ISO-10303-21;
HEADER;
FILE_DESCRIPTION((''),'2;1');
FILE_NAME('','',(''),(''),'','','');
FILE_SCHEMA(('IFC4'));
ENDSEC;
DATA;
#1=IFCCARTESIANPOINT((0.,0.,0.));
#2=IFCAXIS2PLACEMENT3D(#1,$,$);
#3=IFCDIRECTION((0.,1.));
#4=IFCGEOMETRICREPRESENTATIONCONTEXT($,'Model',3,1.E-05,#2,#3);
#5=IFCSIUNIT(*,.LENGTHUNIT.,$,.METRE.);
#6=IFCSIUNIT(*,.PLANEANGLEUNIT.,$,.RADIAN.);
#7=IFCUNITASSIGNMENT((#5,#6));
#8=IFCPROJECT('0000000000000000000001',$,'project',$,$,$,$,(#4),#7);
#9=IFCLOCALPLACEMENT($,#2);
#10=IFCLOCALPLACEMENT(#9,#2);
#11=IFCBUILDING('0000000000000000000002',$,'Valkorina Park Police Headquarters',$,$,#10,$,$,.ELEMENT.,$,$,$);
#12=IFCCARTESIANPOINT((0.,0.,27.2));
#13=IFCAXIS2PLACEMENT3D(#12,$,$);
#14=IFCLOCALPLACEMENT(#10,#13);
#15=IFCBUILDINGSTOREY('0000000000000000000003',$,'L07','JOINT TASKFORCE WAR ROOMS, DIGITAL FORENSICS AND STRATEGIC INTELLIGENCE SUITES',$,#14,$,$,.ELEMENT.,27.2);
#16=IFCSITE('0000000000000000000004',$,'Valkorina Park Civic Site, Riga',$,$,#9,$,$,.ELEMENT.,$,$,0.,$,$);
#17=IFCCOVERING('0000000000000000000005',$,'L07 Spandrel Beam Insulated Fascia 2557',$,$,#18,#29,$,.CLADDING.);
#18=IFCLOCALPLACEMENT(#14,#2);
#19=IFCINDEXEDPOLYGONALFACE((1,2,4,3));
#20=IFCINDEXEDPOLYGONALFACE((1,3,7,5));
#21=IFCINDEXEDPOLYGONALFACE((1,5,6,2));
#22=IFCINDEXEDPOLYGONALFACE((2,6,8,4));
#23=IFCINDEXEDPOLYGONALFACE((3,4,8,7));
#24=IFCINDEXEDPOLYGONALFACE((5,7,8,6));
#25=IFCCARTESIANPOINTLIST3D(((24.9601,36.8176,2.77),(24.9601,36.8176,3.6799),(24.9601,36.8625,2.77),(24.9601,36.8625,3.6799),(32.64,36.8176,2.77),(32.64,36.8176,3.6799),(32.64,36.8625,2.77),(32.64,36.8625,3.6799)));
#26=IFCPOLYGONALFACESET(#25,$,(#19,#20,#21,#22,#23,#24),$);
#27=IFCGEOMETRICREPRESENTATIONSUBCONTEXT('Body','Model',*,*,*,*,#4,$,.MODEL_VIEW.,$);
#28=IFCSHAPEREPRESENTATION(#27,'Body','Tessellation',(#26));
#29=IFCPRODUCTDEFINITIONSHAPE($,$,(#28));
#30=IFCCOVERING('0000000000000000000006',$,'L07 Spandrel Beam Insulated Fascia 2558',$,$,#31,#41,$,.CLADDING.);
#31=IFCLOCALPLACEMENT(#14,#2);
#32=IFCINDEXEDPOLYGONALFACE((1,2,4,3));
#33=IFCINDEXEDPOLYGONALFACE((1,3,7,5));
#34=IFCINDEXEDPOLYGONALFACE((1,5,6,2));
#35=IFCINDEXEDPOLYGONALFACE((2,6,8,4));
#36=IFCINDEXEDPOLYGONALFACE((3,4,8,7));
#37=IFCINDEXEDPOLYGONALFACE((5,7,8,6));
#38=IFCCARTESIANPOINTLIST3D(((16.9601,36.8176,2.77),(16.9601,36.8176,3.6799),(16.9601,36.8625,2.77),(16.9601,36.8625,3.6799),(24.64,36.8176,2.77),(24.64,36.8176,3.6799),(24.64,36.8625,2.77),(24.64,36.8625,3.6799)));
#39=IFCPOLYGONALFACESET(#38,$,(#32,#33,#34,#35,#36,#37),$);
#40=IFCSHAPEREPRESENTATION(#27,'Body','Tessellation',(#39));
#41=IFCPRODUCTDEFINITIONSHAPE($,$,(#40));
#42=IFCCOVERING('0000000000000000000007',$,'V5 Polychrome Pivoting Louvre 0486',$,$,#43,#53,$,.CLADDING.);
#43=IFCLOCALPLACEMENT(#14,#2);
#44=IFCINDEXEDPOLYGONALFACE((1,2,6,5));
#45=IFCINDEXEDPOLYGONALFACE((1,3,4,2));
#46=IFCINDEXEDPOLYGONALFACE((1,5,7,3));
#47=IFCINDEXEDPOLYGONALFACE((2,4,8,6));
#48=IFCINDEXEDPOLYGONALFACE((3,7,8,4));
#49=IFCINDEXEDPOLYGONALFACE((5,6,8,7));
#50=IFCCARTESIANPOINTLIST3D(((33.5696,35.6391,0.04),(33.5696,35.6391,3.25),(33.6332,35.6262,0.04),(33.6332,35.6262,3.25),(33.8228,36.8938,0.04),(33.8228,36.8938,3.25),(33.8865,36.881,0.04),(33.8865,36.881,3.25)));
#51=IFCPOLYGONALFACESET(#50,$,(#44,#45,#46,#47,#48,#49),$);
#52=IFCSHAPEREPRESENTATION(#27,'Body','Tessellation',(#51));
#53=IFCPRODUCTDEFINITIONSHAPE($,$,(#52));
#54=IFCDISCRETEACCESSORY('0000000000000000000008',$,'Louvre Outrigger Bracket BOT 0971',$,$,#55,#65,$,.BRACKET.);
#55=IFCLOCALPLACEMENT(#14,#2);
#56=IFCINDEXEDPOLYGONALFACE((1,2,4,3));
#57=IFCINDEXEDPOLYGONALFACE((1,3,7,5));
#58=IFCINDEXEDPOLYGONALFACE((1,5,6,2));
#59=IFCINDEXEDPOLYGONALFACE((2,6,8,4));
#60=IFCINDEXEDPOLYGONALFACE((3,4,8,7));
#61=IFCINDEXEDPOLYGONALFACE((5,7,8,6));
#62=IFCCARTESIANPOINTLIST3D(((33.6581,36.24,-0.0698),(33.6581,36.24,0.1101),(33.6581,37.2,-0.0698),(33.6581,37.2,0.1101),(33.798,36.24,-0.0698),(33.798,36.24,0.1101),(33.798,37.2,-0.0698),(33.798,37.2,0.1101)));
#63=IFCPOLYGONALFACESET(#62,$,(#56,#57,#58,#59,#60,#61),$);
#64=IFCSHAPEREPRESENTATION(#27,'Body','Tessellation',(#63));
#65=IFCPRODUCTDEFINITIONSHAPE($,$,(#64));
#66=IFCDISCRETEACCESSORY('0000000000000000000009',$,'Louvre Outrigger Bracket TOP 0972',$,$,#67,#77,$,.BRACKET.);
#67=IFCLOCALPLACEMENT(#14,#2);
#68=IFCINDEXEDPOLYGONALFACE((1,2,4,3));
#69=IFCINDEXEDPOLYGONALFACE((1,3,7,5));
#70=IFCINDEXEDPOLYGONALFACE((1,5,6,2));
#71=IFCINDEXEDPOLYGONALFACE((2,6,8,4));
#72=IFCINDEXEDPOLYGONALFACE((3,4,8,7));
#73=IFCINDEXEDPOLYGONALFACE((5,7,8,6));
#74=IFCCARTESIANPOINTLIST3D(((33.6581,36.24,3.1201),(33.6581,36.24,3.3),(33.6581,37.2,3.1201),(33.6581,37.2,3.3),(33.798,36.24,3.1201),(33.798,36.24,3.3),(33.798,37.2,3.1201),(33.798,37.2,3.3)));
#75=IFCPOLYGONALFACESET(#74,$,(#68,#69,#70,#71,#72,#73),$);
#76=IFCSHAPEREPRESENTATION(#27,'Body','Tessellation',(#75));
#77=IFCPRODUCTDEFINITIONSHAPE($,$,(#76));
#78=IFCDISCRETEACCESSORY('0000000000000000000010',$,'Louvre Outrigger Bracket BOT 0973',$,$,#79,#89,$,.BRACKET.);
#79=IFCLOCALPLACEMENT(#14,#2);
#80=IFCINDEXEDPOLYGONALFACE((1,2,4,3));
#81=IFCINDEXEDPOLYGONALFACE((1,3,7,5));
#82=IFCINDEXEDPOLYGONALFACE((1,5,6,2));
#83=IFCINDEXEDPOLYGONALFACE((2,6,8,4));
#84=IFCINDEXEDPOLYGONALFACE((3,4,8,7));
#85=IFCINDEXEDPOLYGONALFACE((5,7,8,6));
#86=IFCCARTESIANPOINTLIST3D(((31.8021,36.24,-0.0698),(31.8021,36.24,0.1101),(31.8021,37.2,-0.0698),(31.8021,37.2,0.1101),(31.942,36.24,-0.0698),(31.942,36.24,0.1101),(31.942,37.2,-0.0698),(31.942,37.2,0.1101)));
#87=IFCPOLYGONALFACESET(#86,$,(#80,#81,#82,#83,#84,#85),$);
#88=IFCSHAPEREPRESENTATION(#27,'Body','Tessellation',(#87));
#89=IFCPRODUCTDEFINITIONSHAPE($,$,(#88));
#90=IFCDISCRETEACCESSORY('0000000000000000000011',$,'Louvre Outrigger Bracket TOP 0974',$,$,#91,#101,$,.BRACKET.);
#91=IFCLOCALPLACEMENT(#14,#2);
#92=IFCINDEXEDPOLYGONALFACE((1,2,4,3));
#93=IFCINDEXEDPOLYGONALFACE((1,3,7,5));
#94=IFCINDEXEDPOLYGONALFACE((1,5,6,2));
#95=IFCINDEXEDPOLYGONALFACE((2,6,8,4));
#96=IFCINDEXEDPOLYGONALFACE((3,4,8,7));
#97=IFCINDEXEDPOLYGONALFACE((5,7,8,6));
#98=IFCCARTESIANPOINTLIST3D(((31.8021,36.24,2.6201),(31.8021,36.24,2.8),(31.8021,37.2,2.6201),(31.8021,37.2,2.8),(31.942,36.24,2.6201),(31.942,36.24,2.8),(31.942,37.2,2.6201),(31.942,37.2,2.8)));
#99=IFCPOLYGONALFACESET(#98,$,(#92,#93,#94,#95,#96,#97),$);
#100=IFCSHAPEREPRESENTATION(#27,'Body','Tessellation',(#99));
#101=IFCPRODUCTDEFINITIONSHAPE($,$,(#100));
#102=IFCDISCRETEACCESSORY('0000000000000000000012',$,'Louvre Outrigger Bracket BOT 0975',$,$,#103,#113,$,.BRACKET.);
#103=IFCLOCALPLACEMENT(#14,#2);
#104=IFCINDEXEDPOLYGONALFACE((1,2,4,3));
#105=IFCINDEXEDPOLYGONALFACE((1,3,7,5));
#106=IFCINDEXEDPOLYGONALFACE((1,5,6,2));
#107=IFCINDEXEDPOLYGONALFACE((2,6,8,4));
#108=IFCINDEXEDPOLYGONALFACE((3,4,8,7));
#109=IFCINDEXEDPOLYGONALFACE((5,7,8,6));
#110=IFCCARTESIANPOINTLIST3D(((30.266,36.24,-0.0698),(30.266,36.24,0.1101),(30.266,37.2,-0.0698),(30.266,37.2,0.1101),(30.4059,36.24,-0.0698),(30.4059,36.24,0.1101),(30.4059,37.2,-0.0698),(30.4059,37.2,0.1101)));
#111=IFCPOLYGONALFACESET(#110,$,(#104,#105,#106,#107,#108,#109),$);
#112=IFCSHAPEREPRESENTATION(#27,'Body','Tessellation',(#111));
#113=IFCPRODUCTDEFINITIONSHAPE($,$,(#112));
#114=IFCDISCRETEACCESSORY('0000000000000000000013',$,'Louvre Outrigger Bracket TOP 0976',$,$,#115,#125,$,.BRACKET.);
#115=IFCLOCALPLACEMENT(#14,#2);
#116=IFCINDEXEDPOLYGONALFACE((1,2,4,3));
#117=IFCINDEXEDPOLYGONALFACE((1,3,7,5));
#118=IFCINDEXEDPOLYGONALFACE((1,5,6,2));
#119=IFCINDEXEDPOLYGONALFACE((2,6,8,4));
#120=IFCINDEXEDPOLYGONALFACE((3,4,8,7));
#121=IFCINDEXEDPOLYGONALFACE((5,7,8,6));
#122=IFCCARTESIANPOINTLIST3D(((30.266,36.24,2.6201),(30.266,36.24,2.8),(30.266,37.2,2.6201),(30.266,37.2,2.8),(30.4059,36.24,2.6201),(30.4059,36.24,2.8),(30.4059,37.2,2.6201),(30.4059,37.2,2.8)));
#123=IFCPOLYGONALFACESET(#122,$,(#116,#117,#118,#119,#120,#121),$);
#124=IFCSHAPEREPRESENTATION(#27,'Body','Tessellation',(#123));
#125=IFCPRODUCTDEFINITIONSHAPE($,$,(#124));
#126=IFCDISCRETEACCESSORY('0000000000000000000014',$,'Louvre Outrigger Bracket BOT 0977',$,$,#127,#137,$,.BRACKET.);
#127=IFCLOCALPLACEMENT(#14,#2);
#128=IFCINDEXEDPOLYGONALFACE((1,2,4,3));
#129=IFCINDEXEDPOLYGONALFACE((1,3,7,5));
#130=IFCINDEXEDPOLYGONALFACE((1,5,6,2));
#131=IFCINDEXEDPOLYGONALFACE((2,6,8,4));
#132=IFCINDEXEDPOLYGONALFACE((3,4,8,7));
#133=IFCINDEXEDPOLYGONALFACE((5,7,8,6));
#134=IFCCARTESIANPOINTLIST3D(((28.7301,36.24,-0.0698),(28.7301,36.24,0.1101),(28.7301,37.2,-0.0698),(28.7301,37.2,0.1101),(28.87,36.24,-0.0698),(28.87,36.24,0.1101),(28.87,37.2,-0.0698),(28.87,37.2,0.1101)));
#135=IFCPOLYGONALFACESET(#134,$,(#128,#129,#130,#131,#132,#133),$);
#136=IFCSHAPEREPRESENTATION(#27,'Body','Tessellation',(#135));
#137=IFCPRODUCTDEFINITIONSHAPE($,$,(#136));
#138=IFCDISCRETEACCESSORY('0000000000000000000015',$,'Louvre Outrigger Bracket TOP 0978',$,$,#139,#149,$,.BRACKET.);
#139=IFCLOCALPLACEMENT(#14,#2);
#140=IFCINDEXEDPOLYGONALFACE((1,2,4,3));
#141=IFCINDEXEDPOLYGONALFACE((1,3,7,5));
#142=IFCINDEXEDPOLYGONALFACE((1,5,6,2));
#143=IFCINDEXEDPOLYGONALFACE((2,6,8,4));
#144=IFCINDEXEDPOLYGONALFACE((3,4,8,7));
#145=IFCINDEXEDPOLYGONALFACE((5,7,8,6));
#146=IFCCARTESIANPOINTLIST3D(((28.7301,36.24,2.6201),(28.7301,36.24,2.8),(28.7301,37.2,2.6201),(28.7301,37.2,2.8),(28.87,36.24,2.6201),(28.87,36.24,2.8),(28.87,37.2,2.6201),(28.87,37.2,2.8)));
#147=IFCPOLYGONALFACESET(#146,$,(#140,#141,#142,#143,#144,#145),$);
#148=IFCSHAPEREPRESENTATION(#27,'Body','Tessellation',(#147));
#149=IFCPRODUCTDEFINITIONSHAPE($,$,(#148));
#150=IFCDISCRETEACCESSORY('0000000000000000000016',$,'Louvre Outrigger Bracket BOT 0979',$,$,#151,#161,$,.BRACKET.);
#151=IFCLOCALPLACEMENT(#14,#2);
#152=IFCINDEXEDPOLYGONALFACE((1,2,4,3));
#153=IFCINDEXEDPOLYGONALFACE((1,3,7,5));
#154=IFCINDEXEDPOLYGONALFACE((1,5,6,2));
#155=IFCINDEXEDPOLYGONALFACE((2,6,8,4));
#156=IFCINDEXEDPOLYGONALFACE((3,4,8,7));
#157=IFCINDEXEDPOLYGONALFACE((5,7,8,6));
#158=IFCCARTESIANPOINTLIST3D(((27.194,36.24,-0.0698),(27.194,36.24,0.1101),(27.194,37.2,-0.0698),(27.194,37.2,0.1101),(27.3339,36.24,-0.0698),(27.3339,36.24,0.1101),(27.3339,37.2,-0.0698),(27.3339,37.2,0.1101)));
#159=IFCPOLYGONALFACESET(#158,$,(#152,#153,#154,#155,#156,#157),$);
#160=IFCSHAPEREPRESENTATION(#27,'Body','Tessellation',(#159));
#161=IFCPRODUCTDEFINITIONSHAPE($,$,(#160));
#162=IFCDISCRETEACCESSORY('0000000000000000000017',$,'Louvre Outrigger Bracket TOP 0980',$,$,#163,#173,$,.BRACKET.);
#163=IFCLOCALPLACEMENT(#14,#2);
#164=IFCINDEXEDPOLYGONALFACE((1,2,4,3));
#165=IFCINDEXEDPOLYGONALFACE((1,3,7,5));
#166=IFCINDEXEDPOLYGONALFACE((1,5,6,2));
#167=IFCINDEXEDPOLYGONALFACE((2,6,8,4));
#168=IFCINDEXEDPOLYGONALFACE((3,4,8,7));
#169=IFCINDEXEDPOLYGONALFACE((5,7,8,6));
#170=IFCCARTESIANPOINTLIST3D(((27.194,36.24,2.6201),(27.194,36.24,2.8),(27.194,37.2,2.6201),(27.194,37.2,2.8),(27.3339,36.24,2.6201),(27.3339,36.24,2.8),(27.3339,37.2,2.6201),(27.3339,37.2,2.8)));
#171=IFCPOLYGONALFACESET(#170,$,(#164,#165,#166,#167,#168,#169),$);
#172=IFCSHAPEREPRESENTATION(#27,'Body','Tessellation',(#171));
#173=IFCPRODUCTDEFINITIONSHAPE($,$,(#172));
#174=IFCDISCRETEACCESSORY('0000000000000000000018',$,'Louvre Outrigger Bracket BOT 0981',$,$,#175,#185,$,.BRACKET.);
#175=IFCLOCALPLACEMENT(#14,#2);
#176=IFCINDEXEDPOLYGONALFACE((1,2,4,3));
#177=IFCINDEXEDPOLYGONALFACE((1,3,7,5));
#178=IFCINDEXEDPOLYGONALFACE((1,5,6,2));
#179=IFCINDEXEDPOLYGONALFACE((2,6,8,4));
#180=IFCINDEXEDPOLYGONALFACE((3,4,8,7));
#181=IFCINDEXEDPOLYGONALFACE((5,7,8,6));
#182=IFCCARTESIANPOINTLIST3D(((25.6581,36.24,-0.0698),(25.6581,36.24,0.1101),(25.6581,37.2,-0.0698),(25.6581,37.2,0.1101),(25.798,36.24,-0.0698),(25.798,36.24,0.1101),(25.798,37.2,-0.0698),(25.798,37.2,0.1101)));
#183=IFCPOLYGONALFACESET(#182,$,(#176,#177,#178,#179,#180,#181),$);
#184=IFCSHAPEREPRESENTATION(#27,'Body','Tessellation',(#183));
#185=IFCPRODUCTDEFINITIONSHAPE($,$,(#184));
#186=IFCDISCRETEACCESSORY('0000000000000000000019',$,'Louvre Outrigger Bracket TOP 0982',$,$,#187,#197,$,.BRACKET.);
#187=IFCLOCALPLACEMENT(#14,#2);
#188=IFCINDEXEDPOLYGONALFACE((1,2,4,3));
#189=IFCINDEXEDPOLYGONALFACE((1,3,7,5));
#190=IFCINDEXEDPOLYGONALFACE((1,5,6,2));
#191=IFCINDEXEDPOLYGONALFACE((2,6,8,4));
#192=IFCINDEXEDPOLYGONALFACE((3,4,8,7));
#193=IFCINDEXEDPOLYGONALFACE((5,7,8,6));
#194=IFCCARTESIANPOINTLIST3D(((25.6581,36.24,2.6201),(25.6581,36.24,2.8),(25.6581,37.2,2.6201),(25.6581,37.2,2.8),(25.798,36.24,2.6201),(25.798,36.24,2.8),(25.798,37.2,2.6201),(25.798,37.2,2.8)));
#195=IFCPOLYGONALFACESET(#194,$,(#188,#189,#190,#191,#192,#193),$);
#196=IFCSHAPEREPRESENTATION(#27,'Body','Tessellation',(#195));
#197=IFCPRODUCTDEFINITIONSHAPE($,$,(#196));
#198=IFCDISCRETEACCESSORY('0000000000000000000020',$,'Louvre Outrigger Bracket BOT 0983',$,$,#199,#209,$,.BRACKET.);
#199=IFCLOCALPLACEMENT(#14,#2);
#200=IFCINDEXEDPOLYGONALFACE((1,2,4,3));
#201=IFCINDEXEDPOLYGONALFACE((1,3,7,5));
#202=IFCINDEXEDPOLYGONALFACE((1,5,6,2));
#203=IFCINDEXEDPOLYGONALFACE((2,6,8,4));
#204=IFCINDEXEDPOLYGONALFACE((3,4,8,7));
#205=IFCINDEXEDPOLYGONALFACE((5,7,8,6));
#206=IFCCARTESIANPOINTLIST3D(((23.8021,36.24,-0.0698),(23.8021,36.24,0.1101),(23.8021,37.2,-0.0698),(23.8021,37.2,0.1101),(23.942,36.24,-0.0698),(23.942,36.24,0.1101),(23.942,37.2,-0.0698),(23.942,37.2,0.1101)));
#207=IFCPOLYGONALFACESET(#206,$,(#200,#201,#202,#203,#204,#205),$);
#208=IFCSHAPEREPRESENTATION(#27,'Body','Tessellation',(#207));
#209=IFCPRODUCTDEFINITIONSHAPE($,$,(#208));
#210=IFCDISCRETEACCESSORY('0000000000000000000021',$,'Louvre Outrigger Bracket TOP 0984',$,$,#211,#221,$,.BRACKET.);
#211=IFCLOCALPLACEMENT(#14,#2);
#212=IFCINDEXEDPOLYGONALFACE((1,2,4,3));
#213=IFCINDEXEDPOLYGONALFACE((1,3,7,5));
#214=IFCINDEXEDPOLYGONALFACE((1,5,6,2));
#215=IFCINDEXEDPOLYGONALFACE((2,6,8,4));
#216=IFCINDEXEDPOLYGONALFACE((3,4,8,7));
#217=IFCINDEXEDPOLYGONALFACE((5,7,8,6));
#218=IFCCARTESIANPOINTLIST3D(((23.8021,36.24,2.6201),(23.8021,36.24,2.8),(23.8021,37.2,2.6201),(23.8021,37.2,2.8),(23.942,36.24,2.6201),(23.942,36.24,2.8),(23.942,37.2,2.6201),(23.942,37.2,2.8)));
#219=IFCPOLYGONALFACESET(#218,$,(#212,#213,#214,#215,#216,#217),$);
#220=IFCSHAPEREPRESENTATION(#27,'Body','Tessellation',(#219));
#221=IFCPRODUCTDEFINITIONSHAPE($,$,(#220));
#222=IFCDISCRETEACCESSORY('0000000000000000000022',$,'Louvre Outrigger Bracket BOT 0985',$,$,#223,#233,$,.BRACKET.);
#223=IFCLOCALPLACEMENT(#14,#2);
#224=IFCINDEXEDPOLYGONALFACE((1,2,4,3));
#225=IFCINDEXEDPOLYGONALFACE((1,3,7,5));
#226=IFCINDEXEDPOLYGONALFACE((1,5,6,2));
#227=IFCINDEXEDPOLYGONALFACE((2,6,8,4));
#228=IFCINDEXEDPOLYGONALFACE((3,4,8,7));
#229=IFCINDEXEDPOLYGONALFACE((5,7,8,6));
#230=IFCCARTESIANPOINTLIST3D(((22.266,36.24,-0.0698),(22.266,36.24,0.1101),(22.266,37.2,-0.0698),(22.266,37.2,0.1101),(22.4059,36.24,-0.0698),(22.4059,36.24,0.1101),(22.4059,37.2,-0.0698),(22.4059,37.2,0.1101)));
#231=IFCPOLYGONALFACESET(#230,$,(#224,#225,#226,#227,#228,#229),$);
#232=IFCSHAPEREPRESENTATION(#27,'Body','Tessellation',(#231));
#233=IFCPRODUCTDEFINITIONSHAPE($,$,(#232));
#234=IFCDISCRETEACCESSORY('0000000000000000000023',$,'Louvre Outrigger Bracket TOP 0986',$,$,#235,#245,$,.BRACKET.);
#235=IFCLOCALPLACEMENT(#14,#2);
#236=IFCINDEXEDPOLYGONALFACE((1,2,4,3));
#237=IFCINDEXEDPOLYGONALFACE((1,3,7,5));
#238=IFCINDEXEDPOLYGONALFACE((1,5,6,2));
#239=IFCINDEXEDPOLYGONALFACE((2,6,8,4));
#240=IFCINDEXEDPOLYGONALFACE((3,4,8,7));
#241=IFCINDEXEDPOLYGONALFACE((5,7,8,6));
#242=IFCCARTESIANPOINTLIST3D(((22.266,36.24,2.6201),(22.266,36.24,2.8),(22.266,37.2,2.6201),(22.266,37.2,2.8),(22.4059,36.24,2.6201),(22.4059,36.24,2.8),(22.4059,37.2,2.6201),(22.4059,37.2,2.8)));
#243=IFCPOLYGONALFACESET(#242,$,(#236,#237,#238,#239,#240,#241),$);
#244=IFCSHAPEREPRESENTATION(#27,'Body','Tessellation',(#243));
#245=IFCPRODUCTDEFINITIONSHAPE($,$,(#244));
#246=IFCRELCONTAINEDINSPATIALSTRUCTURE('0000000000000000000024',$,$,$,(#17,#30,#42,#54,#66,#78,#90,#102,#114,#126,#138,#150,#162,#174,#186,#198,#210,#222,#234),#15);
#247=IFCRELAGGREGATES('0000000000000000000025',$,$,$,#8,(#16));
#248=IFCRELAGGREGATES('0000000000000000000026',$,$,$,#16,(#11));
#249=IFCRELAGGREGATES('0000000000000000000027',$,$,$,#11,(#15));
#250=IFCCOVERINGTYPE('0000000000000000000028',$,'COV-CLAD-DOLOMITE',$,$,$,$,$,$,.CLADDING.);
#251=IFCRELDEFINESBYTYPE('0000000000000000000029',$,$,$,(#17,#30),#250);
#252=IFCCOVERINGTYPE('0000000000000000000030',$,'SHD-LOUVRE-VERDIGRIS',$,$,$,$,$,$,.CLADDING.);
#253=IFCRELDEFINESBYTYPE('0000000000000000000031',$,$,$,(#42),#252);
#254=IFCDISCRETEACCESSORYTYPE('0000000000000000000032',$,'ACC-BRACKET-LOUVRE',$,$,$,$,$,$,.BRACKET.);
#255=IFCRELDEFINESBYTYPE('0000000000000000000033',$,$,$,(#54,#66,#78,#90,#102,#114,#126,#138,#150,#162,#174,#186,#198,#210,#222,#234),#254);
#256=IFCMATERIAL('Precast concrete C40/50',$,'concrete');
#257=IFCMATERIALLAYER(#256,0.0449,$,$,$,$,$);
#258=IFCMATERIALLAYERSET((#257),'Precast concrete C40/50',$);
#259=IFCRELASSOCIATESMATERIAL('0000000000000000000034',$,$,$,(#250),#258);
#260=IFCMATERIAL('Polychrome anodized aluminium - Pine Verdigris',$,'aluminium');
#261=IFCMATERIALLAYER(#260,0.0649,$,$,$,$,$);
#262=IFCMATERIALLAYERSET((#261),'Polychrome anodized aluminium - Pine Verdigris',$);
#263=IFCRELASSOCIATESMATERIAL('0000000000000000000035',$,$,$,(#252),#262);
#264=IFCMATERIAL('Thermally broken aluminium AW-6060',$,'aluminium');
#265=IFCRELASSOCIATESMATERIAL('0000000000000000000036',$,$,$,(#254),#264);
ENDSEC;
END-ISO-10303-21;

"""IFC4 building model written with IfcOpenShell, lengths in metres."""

from ifc_helpers import new_model, si_unit, direction, frame, frame_2d, origin, origin_2d, place, context, subcontext, project, spatial, rectangle, extrude, material, layer, layer_set, type_object, element, save


model = new_model("IFC4")

# Units and contexts
model_context = context("Model", 3, precision=1e-05, world=origin(), true_north=direction((0.0, 1.0)))
body_context = subcontext(model_context, "Body", "Model", "MODEL_VIEW")
ifc_project = project(units=[si_unit("LENGTHUNIT", "METRE"), si_unit("PLANEANGLEUNIT", "RADIAN")], contexts=[model_context])

# Site, building, storey
site_placement = place(None, origin())
site = spatial("IfcSite", under=ifc_project, at=site_placement, Name="Valkorina Park Civic Site, Riga", CompositionType="ELEMENT", RefElevation=0.0)
building_placement = place(site_placement, origin())
building = spatial("IfcBuilding", under=site, at=building_placement, Name="Valkorina Park Police Headquarters", CompositionType="ELEMENT")
storey_placement = place(building_placement, frame((0.0, 0.0, 27.2)))
storey = spatial("IfcBuildingStorey", under=building, at=storey_placement, Name="L07", Description="JOINT TASKFORCE WAR ROOMS, DIGITAL FORENSICS AND STRATEGIC INTELLIGENCE SUITES", CompositionType="ELEMENT", Elevation=27.2)

# Coverings
ifc_material_1 = material(Name="Precast concrete C40/50", Category="concrete")
ifc_layer_1 = layer(ifc_material_1, 0.0449)
ifc_layer_set_1 = layer_set([ifc_layer_1], Name="Precast concrete C40/50")
covering_type_1 = type_object("IfcCoveringType", Name="COV-CLAD-DOLOMITE", PredefinedType="CLADDING", material=ifc_layer_set_1)
for number, where, z_axis, x_axis, name in (
    (1, (32.6399, 36.8401, 2.77), (0.0, 0.0, 1.0), (-1.0, 0.0, 0.0), "L07 Spandrel Beam Insulated Fascia 2557"),
    (2, (24.6399, 36.8401, 2.77), (0.0, 0.0, 1.0), (-1.0, 0.0, 0.0), "L07 Spandrel Beam Insulated Fascia 2558"),
):
    element("IfcCovering", number, at=place(storey_placement, frame(where, z_axis=z_axis, x_axis=x_axis)), inside=storey, type_object=covering_type_1, Name=name, PredefinedType="CLADDING", context=body_context, shape_type="SweptSolid", body=[
        extrude(rectangle(XDim=7.6799, YDim=0.0449, at=frame_2d((3.8398, 0.0))), origin(), (0.0, 0.0, 1.0), 0.9099),
    ])
ifc_material_2 = material(Name="Polychrome anodized aluminium - Pine Verdigris", Category="aluminium")
ifc_layer_2 = layer(ifc_material_2, 0.0649)
ifc_layer_set_2 = layer_set([ifc_layer_2], Name="Polychrome anodized aluminium - Pine Verdigris")
covering_type_2 = type_object("IfcCoveringType", Name="SHD-LOUVRE-VERDIGRIS", PredefinedType="CLADDING", material=ifc_layer_set_2)
covering_placement = place(storey_placement, frame((33.728, 36.26, 0.04), z_axis=(0.0, 0.0, 1.0), x_axis=(-0.197828, -0.980237, 0.0)))
element("IfcCovering", 3, at=covering_placement, inside=storey, type_object=covering_type_2, Name="V5 Polychrome Pivoting Louvre 0486", PredefinedType="CLADDING", context=body_context, shape_type="SweptSolid", body=[
    extrude(rectangle(XDim=1.28, YDim=0.0649, at=origin_2d()), origin(), (0.0, 0.0, 1.0), 3.21),
])

# Discrete accessories
ifc_material_3 = material(Name="Thermally broken aluminium AW-6060", Category="aluminium")
discrete_accessory_type = type_object("IfcDiscreteAccessoryType", Name="ACC-BRACKET-LOUVRE", PredefinedType="BRACKET", material=ifc_material_3)
for number, where, z_axis, x_axis, name in (
    (4, (33.728, 36.72, -0.0698), (0.0, 0.0, 1.0), (0.0, -1.0, 0.0), "Louvre Outrigger Bracket BOT 0971"),
    (5, (33.728, 36.72, 3.1201), (0.0, 0.0, 1.0), (0.0, -1.0, 0.0), "Louvre Outrigger Bracket TOP 0972"),
    (6, (31.8721, 36.72, -0.0698), (0.0, 0.0, 1.0), (0.0, -1.0, 0.0), "Louvre Outrigger Bracket BOT 0973"),
    (7, (31.8721, 36.72, 2.6201), (0.0, 0.0, 1.0), (0.0, -1.0, 0.0), "Louvre Outrigger Bracket TOP 0974"),
    (8, (30.3359, 36.72, -0.0698), (0.0, 0.0, 1.0), (0.0, -1.0, 0.0), "Louvre Outrigger Bracket BOT 0975"),
    (9, (30.3359, 36.72, 2.6201), (0.0, 0.0, 1.0), (0.0, -1.0, 0.0), "Louvre Outrigger Bracket TOP 0976"),
    (10, (28.8, 36.72, -0.0698), (0.0, 0.0, 1.0), (0.0, -1.0, 0.0), "Louvre Outrigger Bracket BOT 0977"),
    (11, (28.8, 36.72, 2.6201), (0.0, 0.0, 1.0), (0.0, -1.0, 0.0), "Louvre Outrigger Bracket TOP 0978"),
    (12, (27.2639, 36.72, -0.0698), (0.0, 0.0, 1.0), (0.0, -1.0, 0.0), "Louvre Outrigger Bracket BOT 0979"),
    (13, (27.2639, 36.72, 2.6201), (0.0, 0.0, 1.0), (0.0, -1.0, 0.0), "Louvre Outrigger Bracket TOP 0980"),
    (14, (25.728, 36.72, -0.0698), (0.0, 0.0, 1.0), (0.0, -1.0, 0.0), "Louvre Outrigger Bracket BOT 0981"),
    (15, (25.728, 36.72, 2.6201), (0.0, 0.0, 1.0), (0.0, -1.0, 0.0), "Louvre Outrigger Bracket TOP 0982"),
    (16, (23.8721, 36.72, -0.0698), (0.0, 0.0, 1.0), (0.0, -1.0, 0.0), "Louvre Outrigger Bracket BOT 0983"),
    (17, (23.8721, 36.72, 2.6201), (0.0, 0.0, 1.0), (0.0, -1.0, 0.0), "Louvre Outrigger Bracket TOP 0984"),
    (18, (22.3359, 36.72, -0.0698), (0.0, 0.0, 1.0), (0.0, -1.0, 0.0), "Louvre Outrigger Bracket BOT 0985"),
    (19, (22.3359, 36.72, 2.6201), (0.0, 0.0, 1.0), (0.0, -1.0, 0.0), "Louvre Outrigger Bracket TOP 0986"),
):
    element("IfcDiscreteAccessory", number, at=place(storey_placement, frame(where, z_axis=z_axis, x_axis=x_axis)), inside=storey, type_object=discrete_accessory_type, Name=name, PredefinedType="BRACKET", context=body_context, shape_type="SweptSolid", body=[
        extrude(rectangle(XDim=0.96, YDim=0.1399, at=origin_2d()), origin(), (0.0, 0.0, 1.0), 0.1799),
    ])

save(model, "model.ifc")
